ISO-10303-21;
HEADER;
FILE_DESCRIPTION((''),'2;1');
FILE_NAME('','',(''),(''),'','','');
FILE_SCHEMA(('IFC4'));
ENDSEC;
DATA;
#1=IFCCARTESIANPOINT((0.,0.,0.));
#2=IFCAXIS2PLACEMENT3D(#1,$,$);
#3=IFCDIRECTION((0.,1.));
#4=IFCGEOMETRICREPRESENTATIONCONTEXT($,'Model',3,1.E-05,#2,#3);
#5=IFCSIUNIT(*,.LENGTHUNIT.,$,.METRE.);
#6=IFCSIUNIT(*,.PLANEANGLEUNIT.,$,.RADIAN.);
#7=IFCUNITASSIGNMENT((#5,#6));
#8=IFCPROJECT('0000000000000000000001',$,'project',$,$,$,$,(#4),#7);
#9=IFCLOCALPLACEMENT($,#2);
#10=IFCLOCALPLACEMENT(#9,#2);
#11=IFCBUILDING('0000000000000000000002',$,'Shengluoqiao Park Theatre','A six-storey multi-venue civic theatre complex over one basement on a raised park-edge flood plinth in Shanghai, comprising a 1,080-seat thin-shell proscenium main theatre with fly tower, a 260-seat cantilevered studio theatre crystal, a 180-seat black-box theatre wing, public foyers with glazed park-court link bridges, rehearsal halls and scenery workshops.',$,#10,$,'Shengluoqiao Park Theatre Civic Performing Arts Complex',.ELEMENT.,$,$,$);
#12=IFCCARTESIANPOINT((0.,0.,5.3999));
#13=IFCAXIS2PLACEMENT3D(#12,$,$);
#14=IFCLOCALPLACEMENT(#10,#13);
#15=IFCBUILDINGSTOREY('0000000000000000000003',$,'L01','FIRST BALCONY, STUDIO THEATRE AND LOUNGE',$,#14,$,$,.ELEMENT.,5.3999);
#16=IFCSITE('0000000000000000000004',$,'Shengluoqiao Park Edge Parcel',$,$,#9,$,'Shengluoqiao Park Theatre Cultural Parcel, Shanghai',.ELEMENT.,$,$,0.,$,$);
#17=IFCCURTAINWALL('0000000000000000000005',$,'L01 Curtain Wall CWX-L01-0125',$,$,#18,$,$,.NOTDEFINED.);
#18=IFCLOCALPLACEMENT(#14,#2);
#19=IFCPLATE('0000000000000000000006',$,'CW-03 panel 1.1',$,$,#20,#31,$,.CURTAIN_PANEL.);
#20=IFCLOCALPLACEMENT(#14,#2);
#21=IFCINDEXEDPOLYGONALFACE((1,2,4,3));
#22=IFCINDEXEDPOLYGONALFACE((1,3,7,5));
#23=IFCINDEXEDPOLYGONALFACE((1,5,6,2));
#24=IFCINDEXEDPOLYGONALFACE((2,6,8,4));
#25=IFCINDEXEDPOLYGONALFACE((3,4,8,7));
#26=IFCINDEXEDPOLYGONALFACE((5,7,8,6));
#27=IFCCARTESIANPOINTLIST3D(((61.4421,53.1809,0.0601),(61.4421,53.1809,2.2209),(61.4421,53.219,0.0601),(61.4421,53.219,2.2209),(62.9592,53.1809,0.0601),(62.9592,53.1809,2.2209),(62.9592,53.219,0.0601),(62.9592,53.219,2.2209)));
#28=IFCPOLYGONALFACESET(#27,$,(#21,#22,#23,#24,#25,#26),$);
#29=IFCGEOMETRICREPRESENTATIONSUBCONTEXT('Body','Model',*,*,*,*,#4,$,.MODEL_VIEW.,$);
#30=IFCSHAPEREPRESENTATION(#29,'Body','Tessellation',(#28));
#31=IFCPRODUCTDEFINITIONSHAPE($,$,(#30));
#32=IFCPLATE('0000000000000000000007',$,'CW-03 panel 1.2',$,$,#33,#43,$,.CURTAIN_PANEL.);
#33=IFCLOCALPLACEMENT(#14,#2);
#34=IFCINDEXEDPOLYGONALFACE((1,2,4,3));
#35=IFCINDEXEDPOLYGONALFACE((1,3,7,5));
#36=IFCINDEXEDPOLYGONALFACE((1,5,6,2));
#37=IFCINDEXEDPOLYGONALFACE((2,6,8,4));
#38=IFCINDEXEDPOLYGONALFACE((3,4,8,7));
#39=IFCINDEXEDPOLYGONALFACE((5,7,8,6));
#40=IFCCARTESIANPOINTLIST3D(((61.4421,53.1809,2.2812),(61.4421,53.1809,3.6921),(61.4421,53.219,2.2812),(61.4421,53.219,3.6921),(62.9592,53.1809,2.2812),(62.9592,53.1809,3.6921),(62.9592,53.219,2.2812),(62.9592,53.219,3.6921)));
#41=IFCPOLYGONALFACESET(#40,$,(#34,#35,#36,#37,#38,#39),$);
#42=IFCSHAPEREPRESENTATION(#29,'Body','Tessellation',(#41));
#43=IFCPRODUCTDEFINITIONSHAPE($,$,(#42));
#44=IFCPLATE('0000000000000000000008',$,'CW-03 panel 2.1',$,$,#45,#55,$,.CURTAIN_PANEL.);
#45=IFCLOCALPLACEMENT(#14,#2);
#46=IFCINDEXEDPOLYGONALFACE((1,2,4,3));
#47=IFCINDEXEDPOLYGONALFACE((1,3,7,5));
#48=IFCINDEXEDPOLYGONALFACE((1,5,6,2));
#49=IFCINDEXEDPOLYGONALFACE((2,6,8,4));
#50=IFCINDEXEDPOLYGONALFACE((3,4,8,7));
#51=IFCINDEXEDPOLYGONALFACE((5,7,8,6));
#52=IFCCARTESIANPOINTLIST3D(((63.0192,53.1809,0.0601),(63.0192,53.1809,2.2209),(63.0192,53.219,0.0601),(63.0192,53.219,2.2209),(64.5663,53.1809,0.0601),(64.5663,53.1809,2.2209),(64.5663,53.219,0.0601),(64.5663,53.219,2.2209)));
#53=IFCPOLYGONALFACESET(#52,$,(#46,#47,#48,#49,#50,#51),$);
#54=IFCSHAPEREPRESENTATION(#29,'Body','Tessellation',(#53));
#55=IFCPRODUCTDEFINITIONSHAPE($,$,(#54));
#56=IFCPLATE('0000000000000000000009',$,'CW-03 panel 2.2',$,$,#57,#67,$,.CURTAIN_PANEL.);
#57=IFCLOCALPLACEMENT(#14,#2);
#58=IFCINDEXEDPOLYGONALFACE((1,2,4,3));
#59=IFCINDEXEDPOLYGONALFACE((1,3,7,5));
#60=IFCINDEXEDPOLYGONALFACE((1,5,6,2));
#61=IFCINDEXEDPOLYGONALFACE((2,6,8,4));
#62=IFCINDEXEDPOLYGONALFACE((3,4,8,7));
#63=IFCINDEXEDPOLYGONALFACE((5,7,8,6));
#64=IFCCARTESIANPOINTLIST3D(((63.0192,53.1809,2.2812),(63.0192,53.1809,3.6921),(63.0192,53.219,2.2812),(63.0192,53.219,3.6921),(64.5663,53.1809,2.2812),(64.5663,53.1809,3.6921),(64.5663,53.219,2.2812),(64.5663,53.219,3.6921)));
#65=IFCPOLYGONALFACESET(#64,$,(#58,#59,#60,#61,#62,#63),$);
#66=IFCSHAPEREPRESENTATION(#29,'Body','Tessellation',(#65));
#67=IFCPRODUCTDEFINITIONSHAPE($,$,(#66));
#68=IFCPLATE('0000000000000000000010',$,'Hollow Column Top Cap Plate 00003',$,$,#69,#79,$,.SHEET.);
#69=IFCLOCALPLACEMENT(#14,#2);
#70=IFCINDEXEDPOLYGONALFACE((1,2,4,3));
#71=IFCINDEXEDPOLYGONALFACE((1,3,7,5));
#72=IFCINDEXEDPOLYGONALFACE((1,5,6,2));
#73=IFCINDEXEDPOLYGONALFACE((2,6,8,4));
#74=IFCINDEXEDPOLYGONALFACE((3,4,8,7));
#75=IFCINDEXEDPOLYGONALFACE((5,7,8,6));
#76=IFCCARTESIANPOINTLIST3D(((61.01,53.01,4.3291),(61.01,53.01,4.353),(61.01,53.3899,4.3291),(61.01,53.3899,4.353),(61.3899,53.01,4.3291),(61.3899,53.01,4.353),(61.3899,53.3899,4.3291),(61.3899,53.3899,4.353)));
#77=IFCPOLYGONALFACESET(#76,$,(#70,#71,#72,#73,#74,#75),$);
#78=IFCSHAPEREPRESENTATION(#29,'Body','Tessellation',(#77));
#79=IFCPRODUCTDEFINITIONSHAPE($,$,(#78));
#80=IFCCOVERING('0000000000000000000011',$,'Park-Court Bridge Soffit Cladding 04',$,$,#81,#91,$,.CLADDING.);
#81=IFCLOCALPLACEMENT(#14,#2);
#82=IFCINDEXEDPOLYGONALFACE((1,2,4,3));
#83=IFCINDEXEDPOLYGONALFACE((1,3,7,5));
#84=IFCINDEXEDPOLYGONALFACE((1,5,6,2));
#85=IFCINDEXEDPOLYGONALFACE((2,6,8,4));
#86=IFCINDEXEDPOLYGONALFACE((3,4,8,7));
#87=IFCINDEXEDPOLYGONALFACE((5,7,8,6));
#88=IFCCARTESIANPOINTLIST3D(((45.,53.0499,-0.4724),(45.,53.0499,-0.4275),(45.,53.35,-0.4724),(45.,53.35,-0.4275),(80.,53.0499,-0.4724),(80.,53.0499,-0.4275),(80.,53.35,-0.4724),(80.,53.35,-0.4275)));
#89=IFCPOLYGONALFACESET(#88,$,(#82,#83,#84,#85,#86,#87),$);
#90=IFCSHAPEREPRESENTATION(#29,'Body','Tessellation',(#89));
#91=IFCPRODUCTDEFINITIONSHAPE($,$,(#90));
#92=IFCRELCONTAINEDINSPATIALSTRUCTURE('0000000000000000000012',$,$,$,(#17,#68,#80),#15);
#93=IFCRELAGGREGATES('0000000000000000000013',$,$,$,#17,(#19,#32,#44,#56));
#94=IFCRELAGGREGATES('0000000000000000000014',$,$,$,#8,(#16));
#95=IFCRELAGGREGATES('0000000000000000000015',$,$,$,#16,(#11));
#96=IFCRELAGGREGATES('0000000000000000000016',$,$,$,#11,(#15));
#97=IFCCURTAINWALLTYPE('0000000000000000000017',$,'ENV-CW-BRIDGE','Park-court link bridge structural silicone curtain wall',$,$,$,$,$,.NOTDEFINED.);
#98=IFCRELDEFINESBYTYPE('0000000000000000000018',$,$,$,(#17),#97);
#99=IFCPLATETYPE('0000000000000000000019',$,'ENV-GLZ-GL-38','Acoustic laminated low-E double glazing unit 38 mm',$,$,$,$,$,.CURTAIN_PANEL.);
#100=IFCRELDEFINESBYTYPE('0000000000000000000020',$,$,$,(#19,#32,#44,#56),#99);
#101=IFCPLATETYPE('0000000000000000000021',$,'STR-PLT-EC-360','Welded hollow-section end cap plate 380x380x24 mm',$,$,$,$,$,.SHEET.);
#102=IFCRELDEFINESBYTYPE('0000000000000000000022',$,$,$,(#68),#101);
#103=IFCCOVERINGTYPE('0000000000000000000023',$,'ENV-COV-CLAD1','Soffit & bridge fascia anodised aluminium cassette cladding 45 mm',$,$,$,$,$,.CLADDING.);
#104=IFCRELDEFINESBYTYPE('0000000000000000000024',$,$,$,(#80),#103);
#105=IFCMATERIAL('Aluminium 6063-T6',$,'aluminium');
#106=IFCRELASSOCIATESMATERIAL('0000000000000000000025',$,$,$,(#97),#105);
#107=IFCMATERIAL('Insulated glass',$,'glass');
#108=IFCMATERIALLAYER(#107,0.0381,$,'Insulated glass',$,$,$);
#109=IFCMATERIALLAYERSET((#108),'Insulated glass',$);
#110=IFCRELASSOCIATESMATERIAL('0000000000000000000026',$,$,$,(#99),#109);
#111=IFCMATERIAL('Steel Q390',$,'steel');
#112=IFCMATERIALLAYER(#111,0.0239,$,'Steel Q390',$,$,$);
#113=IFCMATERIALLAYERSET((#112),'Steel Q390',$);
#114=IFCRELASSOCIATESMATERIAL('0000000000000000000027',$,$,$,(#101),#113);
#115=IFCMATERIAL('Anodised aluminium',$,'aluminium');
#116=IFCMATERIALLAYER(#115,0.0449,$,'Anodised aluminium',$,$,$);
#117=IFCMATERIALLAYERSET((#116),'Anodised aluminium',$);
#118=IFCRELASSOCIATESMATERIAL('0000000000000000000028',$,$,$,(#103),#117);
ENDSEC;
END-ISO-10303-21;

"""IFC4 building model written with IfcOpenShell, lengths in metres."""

from ifc_helpers import new_model, si_unit, direction, frame, origin, origin_2d, place, context, subcontext, project, spatial, rectangle, extrude, material, layer, layer_set, type_object, element, aggregate, save


model = new_model("IFC4")

# Units and contexts
model_context = context("Model", 3, precision=1e-05, world=origin(), true_north=direction((0.0, 1.0)))
body_context = subcontext(model_context, "Body", "Model", "MODEL_VIEW")
ifc_project = project(units=[si_unit("LENGTHUNIT", "METRE"), si_unit("PLANEANGLEUNIT", "RADIAN")], contexts=[model_context])

# Site, building, storey
site_placement = place(None, origin())
site = spatial("IfcSite", under=ifc_project, at=site_placement, Name="Shengluoqiao Park Edge Parcel", LongName="Shengluoqiao Park Theatre Cultural Parcel, Shanghai", CompositionType="ELEMENT", RefElevation=0.0)
building_placement = place(site_placement, origin())
building = spatial("IfcBuilding", under=site, at=building_placement, Name="Shengluoqiao Park Theatre", Description="A six-storey multi-venue civic theatre complex over one basement on a raised park-edge flood plinth in Shanghai, comprising a 1,080-seat thin-shell proscenium main theatre with fly tower, a 260-seat cantilevered studio theatre crystal, a 180-seat black-box theatre wing, public foyers with glazed park-court link bridges, rehearsal halls and scenery workshops.", LongName="Shengluoqiao Park Theatre Civic Performing Arts Complex", CompositionType="ELEMENT")
storey_placement = place(building_placement, frame((0.0, 0.0, 5.3999)))
storey = spatial("IfcBuildingStorey", under=building, at=storey_placement, Name="L01", Description="FIRST BALCONY, STUDIO THEATRE AND LOUNGE", CompositionType="ELEMENT", Elevation=5.3999)

# Curtain wall
ifc_material_1 = material(Name="Aluminium 6063-T6", Category="aluminium")
curtain_wall_type = type_object("IfcCurtainWallType", Name="ENV-CW-BRIDGE", Description="Park-court link bridge structural silicone curtain wall", PredefinedType="NOTDEFINED", material=ifc_material_1)
curtain_wall_1_placement = place(storey_placement, origin())
curtain_wall_1 = element("IfcCurtainWall", 1, at=curtain_wall_1_placement, inside=storey, type_object=curtain_wall_type, Name="L01 Curtain Wall CWX-L01-0125", PredefinedType="NOTDEFINED")

# Plates
ifc_material_2 = material(Name="Insulated glass", Category="glass")
ifc_layer_1 = layer(ifc_material_2, 0.0381, Name="Insulated glass")
ifc_layer_set_1 = layer_set([ifc_layer_1], Name="Insulated glass")
plate_type_1 = type_object("IfcPlateType", Name="ENV-GLZ-GL-38", Description="Acoustic laminated low-E double glazing unit 38 mm", PredefinedType="CURTAIN_PANEL", material=ifc_layer_set_1)
plate_1_placement = place(storey_placement, frame((62.2007, 53.2, 0.0601), z_axis=(0.0, 0.0, 1.0), x_axis=(1.0, 0.0, 0.0)))
plate_1 = element("IfcPlate", 2, at=plate_1_placement, type_object=plate_type_1, Name="CW-03 panel 1.1", PredefinedType="CURTAIN_PANEL", context=body_context, shape_type="SweptSolid", body=[
    extrude(rectangle(XDim=1.5171, YDim=0.0381, at=origin_2d()), origin(), (0.0, 0.0, 1.0), 2.1609),
])
plate_2_placement = place(storey_placement, frame((62.2007, 53.2, 2.2812), z_axis=(0.0, 0.0, 1.0), x_axis=(1.0, 0.0, 0.0)))
plate_2 = element("IfcPlate", 3, at=plate_2_placement, type_object=plate_type_1, Name="CW-03 panel 1.2", PredefinedType="CURTAIN_PANEL", context=body_context, shape_type="SweptSolid", body=[
    extrude(rectangle(XDim=1.5171, YDim=0.0381, at=origin_2d()), origin(), (0.0, 0.0, 1.0), 1.4109),
])
plate_3_placement = place(storey_placement, frame((63.7927, 53.2, 0.0601), z_axis=(0.0, 0.0, 1.0), x_axis=(1.0, 0.0, 0.0)))
plate_3 = element("IfcPlate", 4, at=plate_3_placement, type_object=plate_type_1, Name="CW-03 panel 2.1", PredefinedType="CURTAIN_PANEL", context=body_context, shape_type="SweptSolid", body=[
    extrude(rectangle(XDim=1.5471, YDim=0.0381, at=origin_2d()), origin(), (0.0, 0.0, 1.0), 2.1609),
])
plate_4_placement = place(storey_placement, frame((63.7927, 53.2, 2.2812), z_axis=(0.0, 0.0, 1.0), x_axis=(1.0, 0.0, 0.0)))
plate_4 = element("IfcPlate", 5, at=plate_4_placement, type_object=plate_type_1, Name="CW-03 panel 2.2", PredefinedType="CURTAIN_PANEL", context=body_context, shape_type="SweptSolid", body=[
    extrude(rectangle(XDim=1.5471, YDim=0.0381, at=origin_2d()), origin(), (0.0, 0.0, 1.0), 1.4109),
])
aggregate(curtain_wall_1, [plate_1, plate_2, plate_3, plate_4])
ifc_material_3 = material(Name="Steel Q390", Category="steel")
ifc_layer_2 = layer(ifc_material_3, 0.0239, Name="Steel Q390")
ifc_layer_set_2 = layer_set([ifc_layer_2], Name="Steel Q390")
plate_type_2 = type_object("IfcPlateType", Name="STR-PLT-EC-360", Description="Welded hollow-section end cap plate 380x380x24 mm", PredefinedType="SHEET", material=ifc_layer_set_2)
plate_5_placement = place(storey_placement, frame((61.2, 53.2, 4.3291), z_axis=(0.0, 0.0, 1.0), x_axis=(1.0, 0.0, 0.0)))
element("IfcPlate", 6, at=plate_5_placement, inside=storey, type_object=plate_type_2, Name="Hollow Column Top Cap Plate 00003", PredefinedType="SHEET", context=body_context, shape_type="SweptSolid", body=[
    extrude(rectangle(XDim=0.3799, YDim=0.3799, at=origin_2d()), origin(), (0.0, 0.0, 1.0), 0.0239),
])

# Covering
ifc_material_4 = material(Name="Anodised aluminium", Category="aluminium")
ifc_layer_3 = layer(ifc_material_4, 0.0449, Name="Anodised aluminium")
ifc_layer_set_3 = layer_set([ifc_layer_3], Name="Anodised aluminium")
covering_type = type_object("IfcCoveringType", Name="ENV-COV-CLAD1", Description="Soffit & bridge fascia anodised aluminium cassette cladding 45 mm", PredefinedType="CLADDING", material=ifc_layer_set_3)
covering_placement = place(storey_placement, frame((62.5, 53.2, -0.4724), z_axis=(0.0, 0.0, 1.0), x_axis=(1.0, 0.0, 0.0)))
element("IfcCovering", 7, at=covering_placement, inside=storey, type_object=covering_type, Name="Park-Court Bridge Soffit Cladding 04", PredefinedType="CLADDING", context=body_context, shape_type="SweptSolid", body=[
    extrude(rectangle(XDim=35.0, YDim=0.3, at=origin_2d()), origin(), (0.0, 0.0, 1.0), 0.0449),
])

save(model, "model.ifc")
